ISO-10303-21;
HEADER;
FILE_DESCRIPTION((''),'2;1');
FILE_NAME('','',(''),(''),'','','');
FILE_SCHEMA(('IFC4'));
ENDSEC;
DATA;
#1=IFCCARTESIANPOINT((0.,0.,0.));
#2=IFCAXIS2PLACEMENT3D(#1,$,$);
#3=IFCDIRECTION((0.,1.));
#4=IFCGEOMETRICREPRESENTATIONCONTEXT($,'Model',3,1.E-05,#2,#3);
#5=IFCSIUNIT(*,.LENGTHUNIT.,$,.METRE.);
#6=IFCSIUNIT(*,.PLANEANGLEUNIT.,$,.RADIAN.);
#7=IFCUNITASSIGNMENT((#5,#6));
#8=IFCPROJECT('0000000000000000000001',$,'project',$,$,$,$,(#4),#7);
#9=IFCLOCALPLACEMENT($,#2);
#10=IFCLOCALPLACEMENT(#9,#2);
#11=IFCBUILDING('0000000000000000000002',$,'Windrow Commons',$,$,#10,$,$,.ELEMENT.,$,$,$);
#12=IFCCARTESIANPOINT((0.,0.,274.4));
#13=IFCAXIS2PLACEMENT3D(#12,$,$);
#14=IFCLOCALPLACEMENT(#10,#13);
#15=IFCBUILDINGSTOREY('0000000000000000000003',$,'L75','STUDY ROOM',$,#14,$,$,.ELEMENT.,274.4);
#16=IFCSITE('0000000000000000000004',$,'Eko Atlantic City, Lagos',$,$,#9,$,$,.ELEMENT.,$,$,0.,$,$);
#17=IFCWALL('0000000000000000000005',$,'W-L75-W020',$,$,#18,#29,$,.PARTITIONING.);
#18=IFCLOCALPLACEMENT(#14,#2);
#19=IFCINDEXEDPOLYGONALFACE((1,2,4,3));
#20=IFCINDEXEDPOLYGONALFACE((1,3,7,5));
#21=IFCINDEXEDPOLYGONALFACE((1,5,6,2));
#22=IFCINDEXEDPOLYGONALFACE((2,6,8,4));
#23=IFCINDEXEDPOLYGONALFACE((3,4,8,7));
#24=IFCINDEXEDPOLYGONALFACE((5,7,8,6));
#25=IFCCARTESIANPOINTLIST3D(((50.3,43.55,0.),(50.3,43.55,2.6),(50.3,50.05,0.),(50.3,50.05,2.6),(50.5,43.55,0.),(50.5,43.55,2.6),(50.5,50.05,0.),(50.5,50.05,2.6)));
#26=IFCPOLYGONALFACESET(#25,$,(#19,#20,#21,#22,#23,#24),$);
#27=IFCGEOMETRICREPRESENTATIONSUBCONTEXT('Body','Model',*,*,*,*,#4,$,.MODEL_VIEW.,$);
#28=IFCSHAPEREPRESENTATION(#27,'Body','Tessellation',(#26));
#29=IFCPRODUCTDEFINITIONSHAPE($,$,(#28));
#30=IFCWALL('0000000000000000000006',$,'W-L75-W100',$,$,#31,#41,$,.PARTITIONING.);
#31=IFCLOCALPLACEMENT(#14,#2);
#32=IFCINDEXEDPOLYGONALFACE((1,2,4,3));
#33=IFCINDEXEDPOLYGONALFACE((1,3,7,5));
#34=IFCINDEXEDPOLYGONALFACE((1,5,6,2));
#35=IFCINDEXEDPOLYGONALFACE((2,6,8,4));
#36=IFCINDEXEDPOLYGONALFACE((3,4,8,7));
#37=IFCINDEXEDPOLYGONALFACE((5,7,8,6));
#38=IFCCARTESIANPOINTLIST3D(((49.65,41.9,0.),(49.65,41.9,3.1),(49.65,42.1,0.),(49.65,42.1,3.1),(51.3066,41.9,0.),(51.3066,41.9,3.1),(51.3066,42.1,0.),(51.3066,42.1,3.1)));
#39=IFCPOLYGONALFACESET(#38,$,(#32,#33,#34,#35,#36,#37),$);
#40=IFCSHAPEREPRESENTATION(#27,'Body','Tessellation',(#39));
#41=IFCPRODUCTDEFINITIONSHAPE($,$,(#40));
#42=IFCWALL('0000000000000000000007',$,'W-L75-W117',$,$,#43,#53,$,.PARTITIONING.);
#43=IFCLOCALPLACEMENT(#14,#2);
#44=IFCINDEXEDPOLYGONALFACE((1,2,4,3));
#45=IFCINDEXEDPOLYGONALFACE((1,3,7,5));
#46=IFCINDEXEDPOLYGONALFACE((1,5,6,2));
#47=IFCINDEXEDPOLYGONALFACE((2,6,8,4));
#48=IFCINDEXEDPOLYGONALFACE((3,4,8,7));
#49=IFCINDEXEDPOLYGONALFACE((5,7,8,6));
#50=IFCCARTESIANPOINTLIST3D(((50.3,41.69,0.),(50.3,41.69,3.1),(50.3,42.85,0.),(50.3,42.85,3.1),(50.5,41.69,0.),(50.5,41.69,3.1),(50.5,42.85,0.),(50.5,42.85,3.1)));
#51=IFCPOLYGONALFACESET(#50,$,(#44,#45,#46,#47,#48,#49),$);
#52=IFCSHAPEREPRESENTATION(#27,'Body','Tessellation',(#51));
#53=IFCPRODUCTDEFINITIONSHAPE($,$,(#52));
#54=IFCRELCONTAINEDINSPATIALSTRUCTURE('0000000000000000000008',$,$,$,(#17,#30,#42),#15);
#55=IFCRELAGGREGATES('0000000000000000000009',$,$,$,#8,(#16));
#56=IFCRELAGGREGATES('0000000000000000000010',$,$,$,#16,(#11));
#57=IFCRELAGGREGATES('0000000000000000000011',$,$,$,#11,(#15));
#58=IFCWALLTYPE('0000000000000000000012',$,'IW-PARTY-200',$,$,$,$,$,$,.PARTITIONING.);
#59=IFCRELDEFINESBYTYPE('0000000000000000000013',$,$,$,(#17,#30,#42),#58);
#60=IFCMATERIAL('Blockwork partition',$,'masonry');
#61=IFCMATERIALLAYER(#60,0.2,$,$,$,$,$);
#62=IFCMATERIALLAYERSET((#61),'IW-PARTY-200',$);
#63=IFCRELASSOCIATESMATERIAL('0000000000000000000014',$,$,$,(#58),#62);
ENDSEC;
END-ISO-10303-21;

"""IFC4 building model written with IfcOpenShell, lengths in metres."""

from ifc_helpers import new_model, si_unit, direction, frame, frame_2d, origin, place, context, subcontext, project, spatial, rectangle, extrude, material, layer, layer_set, type_object, element, save


model = new_model("IFC4")

# Units and contexts
model_context = context("Model", 3, precision=1e-05, world=origin(), true_north=direction((0.0, 1.0)))
body_context = subcontext(model_context, "Body", "Model", "MODEL_VIEW")
ifc_project = project(units=[si_unit("LENGTHUNIT", "METRE"), si_unit("PLANEANGLEUNIT", "RADIAN")], contexts=[model_context])

# Site, building, storey
site_placement = place(None, origin())
site = spatial("IfcSite", under=ifc_project, at=site_placement, Name="Eko Atlantic City, Lagos", CompositionType="ELEMENT", RefElevation=0.0)
building_placement = place(site_placement, origin())
building = spatial("IfcBuilding", under=site, at=building_placement, Name="Windrow Commons", CompositionType="ELEMENT")
storey_placement = place(building_placement, frame((0.0, 0.0, 274.4)))
storey = spatial("IfcBuildingStorey", under=building, at=storey_placement, Name="L75", Description="STUDY ROOM", CompositionType="ELEMENT", Elevation=274.4)

# Walls
ifc_material_1 = material(Name="Blockwork partition", Category="masonry")
ifc_layer_1 = layer(ifc_material_1, 0.2)
ifc_layer_set_1 = layer_set([ifc_layer_1], Name="IW-PARTY-200")
wall_type_1 = type_object("IfcWallType", Name="IW-PARTY-200", PredefinedType="PARTITIONING", material=ifc_layer_set_1)
wall_1_placement = place(storey_placement, frame((50.4, 43.55, 0.0), z_axis=(0.0, 0.0, 1.0), x_axis=(0.0, 1.0, 0.0)))
element("IfcWall", 1, at=wall_1_placement, inside=storey, type_object=wall_type_1, Name="W-L75-W020", PredefinedType="PARTITIONING", context=body_context, shape_type="SweptSolid", body=[
    extrude(rectangle(XDim=6.5, YDim=0.2, at=frame_2d((3.25, 0.0))), origin(), (0.0, 0.0, 1.0), 2.6),
])
wall_2_placement = place(storey_placement, frame((49.65, 42.0, 0.0), z_axis=(0.0, 0.0, 1.0), x_axis=(1.0, 0.0, 0.0)))
element("IfcWall", 2, at=wall_2_placement, inside=storey, type_object=wall_type_1, Name="W-L75-W100", PredefinedType="PARTITIONING", context=body_context, shape_type="SweptSolid", body=[
    extrude(rectangle(XDim=1.6565, YDim=0.2, at=frame_2d((0.8283, 0.0))), origin(), (0.0, 0.0, 1.0), 3.1),
])
wall_3_placement = place(storey_placement, frame((50.4, 41.69, 0.0), z_axis=(0.0, 0.0, 1.0), x_axis=(0.0, 1.0, 0.0)))
element("IfcWall", 3, at=wall_3_placement, inside=storey, type_object=wall_type_1, Name="W-L75-W117", PredefinedType="PARTITIONING", context=body_context, shape_type="SweptSolid", body=[
    extrude(rectangle(XDim=1.16, YDim=0.2, at=frame_2d((0.58, 0.0))), origin(), (0.0, 0.0, 1.0), 3.1),
])

save(model, "model.ifc")
